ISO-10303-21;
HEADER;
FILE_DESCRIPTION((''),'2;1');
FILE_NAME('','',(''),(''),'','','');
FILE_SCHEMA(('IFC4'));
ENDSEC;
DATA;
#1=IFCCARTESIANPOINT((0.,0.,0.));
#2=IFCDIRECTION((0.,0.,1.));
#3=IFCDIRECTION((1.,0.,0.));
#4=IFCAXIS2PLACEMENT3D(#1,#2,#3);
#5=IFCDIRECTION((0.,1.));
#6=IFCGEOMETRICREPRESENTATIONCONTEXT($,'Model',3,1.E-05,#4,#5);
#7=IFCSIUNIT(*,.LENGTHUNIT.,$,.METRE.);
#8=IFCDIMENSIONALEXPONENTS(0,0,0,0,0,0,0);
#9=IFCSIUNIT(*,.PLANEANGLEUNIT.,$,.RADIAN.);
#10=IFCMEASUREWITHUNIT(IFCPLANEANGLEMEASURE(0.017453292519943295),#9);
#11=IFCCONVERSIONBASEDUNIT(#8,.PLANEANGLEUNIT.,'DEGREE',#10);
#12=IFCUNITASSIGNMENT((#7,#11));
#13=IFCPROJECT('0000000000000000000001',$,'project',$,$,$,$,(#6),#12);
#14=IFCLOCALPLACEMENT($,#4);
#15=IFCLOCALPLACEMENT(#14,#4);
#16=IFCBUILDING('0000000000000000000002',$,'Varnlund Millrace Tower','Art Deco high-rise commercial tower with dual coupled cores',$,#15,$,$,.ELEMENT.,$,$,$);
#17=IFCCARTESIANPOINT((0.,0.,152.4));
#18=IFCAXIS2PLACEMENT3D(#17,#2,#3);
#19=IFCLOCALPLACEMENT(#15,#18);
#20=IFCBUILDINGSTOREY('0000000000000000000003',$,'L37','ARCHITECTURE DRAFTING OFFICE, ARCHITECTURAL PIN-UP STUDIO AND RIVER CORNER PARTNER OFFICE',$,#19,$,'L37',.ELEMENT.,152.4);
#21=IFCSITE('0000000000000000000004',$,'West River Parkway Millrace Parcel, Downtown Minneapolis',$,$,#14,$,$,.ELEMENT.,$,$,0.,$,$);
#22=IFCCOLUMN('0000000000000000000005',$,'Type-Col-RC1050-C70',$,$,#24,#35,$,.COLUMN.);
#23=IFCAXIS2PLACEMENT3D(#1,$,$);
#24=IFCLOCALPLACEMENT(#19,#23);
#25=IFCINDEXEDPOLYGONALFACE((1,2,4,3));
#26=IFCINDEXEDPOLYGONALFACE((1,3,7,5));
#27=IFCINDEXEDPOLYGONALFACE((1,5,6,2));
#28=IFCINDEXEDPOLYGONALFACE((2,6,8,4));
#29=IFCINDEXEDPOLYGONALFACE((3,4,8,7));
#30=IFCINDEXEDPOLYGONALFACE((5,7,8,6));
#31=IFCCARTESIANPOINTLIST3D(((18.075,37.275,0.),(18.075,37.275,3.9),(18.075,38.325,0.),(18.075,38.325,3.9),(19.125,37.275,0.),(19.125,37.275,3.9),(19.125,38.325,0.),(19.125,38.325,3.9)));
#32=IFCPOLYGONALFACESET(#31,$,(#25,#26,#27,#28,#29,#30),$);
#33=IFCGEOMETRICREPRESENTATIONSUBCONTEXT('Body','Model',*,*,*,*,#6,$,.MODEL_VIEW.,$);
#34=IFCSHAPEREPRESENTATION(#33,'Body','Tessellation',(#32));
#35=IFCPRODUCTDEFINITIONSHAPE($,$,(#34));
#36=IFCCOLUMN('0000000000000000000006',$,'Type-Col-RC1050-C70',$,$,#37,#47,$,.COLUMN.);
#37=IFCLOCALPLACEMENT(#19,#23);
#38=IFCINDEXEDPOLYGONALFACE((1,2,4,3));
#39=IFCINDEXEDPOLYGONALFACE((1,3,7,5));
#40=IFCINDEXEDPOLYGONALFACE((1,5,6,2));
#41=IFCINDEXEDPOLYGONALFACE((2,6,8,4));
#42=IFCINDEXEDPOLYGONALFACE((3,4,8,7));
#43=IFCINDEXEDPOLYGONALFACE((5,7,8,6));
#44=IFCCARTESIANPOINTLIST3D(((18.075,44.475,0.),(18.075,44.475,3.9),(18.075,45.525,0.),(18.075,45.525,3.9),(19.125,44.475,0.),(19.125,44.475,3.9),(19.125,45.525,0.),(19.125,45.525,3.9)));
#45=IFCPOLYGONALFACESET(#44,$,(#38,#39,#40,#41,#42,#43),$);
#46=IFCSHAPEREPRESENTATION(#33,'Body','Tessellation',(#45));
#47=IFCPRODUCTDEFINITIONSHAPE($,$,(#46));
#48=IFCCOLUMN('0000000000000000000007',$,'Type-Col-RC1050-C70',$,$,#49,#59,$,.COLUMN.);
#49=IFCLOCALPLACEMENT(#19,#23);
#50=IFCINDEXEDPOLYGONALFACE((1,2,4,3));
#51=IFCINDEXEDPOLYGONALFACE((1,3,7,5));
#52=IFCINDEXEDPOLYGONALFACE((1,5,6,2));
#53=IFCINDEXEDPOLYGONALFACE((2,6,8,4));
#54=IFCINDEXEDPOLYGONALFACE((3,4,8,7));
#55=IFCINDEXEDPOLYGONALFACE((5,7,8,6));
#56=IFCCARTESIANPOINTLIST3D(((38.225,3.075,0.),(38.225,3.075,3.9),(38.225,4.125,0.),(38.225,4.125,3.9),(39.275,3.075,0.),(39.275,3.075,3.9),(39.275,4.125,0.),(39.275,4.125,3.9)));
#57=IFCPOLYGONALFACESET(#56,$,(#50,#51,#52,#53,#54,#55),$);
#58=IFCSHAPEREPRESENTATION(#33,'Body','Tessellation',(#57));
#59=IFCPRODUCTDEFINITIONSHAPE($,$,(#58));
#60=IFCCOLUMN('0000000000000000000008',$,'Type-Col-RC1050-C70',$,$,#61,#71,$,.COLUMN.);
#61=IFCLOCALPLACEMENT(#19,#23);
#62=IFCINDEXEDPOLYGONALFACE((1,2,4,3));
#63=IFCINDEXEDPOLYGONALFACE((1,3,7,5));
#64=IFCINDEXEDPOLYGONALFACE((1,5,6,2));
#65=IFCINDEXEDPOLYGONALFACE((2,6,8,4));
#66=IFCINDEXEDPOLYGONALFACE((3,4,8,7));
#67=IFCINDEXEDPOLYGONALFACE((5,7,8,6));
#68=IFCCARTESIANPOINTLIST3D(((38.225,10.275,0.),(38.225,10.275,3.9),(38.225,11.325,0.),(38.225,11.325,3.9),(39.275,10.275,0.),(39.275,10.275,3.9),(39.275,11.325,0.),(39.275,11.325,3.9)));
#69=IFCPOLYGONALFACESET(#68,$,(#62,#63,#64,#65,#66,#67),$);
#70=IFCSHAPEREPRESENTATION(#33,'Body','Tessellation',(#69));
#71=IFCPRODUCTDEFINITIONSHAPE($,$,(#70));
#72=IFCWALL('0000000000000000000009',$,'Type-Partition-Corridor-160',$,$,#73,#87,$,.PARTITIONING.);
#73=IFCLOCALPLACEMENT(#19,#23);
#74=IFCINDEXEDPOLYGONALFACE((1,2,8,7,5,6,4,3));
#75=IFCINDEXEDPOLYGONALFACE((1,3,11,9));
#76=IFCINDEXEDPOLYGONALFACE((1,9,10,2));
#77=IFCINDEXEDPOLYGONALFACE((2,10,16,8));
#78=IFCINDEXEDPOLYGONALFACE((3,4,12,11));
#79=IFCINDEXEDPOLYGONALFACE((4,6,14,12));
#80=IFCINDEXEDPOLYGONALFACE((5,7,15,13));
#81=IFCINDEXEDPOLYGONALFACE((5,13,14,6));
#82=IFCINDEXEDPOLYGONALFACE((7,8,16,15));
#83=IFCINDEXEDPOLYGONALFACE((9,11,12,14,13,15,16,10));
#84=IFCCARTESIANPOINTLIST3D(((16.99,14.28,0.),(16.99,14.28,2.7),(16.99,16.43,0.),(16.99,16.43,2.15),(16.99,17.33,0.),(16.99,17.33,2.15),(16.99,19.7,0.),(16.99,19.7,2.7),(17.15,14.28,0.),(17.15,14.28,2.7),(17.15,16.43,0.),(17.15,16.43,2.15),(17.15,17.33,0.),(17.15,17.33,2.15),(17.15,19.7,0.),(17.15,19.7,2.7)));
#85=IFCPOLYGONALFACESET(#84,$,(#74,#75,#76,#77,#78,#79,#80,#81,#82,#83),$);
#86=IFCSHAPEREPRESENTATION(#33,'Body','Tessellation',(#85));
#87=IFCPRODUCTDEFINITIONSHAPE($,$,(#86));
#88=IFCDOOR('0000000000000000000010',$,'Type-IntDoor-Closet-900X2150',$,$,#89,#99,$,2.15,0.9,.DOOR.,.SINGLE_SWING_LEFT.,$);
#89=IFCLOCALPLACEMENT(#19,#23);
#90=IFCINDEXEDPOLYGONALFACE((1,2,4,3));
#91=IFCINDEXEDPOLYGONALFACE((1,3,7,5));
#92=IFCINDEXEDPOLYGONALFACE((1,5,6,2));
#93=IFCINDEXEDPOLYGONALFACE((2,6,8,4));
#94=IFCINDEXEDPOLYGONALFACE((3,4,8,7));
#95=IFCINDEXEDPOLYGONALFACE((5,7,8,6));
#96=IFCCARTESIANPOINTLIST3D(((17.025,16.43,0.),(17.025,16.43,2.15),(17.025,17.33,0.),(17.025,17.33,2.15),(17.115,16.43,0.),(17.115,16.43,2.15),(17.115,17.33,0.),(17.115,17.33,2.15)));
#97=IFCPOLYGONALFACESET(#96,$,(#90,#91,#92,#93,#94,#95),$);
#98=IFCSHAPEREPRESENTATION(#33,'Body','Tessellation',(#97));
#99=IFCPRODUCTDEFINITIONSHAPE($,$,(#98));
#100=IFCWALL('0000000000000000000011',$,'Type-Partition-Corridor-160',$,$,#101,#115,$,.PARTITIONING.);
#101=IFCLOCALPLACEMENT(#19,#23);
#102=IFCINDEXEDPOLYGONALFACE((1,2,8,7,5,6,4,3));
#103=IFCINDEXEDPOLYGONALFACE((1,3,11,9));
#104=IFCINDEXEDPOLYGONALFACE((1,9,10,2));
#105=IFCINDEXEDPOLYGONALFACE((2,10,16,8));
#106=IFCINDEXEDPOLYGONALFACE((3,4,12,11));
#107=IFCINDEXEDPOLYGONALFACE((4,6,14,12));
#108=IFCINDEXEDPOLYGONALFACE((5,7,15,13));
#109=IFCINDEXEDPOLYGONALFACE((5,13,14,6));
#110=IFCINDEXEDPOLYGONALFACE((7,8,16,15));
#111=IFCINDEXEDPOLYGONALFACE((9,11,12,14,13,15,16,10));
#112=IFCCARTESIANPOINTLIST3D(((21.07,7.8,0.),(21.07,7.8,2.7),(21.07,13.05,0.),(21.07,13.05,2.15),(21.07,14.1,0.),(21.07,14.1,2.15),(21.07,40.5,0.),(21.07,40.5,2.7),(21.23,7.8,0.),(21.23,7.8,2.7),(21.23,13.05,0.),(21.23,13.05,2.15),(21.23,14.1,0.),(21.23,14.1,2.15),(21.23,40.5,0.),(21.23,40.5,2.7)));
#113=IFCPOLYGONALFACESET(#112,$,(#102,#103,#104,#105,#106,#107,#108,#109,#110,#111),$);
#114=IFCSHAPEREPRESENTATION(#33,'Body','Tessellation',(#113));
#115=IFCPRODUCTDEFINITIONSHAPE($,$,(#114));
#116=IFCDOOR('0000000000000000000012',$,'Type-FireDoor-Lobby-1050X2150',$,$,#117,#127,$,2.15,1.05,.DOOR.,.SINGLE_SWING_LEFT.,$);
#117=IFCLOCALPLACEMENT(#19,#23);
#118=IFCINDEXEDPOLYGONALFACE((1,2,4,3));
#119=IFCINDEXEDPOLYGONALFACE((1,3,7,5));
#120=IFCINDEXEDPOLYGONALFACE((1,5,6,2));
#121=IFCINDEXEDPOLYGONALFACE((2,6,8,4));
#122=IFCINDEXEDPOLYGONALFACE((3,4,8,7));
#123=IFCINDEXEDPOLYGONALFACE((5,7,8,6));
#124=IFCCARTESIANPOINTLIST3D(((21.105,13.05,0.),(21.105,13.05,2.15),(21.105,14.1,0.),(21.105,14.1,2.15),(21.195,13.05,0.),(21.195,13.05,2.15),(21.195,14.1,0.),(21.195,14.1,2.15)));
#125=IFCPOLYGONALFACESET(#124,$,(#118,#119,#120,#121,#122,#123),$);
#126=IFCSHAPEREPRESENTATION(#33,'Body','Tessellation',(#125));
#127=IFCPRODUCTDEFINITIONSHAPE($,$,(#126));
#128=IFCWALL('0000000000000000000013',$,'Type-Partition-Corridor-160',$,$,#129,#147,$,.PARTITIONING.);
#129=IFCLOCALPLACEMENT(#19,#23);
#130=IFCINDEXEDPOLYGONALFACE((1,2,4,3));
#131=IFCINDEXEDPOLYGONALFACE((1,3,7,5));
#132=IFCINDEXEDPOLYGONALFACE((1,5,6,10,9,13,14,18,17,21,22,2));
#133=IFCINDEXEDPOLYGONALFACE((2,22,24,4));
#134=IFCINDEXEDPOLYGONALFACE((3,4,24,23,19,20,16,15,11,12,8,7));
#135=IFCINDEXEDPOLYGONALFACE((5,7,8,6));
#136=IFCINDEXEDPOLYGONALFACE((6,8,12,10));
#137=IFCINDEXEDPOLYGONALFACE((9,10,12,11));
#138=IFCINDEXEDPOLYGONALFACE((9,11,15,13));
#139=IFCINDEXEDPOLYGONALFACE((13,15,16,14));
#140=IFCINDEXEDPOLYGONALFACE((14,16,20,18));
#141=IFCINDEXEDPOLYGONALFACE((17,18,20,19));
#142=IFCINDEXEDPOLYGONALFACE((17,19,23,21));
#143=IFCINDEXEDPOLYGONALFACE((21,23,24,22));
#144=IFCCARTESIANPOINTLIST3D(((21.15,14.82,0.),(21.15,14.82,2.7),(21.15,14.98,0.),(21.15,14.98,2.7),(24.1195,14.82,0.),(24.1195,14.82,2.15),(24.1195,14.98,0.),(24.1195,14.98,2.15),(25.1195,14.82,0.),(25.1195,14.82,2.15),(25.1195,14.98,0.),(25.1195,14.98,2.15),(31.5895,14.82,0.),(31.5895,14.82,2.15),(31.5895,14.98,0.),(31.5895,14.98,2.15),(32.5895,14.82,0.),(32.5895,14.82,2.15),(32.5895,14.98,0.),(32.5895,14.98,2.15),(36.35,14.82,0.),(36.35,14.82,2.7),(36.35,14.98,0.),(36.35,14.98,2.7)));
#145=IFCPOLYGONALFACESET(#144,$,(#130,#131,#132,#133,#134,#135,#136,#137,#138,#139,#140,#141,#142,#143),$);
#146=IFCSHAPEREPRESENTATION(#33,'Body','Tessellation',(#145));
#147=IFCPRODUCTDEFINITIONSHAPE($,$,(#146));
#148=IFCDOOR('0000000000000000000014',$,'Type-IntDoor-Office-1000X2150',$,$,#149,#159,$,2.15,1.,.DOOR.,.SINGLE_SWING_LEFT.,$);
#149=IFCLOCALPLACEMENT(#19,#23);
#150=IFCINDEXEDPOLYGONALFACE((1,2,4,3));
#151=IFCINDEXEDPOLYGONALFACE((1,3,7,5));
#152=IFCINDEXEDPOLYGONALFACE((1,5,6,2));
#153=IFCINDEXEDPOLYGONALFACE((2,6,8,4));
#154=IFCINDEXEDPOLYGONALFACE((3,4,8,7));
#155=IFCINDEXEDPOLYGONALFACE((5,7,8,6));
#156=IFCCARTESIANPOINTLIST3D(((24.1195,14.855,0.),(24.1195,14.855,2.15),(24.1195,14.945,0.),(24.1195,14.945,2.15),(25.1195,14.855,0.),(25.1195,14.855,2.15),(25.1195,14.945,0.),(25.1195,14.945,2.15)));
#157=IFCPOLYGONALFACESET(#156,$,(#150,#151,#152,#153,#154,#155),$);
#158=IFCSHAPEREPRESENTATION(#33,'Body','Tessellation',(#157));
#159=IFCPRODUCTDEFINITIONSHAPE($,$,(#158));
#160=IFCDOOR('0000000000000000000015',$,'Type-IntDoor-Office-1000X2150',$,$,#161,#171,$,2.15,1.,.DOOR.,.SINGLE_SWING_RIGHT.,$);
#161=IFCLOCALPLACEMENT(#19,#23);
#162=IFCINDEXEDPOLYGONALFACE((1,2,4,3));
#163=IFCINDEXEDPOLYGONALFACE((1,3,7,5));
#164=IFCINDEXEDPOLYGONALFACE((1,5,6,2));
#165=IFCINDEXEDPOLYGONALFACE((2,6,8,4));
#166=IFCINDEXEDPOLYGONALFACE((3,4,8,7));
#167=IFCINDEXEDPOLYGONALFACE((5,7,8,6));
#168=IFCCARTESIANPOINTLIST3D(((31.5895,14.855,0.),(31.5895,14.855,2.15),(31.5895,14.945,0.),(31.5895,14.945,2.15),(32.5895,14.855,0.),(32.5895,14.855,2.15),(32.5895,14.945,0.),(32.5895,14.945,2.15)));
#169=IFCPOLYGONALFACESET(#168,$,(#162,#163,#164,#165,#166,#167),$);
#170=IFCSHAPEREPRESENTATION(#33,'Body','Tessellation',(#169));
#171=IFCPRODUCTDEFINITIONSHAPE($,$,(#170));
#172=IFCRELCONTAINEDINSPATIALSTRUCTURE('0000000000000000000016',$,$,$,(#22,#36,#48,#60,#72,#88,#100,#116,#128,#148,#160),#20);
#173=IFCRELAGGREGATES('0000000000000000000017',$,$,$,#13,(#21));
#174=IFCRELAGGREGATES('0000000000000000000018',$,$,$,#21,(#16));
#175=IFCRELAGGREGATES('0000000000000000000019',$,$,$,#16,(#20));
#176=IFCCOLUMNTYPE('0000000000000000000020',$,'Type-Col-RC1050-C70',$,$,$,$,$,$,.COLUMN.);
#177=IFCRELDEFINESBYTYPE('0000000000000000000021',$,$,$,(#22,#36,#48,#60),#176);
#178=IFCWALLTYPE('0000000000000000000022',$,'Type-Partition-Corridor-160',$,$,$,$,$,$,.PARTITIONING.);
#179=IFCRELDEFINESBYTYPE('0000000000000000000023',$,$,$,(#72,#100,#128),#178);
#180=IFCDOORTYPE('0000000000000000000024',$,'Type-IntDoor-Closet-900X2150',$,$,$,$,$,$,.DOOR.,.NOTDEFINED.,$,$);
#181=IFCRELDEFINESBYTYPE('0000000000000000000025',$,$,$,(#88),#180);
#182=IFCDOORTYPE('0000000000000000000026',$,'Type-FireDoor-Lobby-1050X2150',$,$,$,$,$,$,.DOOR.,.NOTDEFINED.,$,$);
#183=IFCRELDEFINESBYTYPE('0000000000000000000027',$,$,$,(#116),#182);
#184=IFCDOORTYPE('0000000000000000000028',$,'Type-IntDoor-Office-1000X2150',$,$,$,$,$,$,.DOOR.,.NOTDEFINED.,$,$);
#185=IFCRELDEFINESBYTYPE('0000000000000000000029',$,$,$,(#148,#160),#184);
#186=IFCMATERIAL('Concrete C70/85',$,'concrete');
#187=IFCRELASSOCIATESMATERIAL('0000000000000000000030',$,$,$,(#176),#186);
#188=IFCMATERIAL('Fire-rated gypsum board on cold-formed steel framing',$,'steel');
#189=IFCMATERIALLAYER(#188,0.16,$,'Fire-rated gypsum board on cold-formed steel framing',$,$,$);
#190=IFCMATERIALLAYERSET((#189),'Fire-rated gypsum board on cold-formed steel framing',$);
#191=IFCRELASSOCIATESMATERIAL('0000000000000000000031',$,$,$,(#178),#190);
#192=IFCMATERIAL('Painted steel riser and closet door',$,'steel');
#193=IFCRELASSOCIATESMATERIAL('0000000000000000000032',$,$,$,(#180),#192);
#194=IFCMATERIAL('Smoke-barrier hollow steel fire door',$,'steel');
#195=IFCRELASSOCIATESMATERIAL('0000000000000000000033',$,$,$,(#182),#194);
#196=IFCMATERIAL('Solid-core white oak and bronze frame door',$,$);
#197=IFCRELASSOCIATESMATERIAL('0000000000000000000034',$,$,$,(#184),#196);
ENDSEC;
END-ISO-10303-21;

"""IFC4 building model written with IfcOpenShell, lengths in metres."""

from ifc_helpers import new_model, entity, si_unit, converted_unit, direction, frame, origin_with_axes, origin_2d_with_axis, place, context, subcontext, project, spatial, polyline, rectangle, outline, extrude, material, layer, layer_set, material_profile, profile_set, type_object, element, fill, save


model = new_model("IFC4")

# Units and contexts
model_context = context("Model", 3, precision=1e-05, world=origin_with_axes(), true_north=direction((0.0, 1.0)))
body_context = subcontext(model_context, "Body", "Model", "MODEL_VIEW")
ifc_project = project(units=[si_unit("LENGTHUNIT", "METRE"), converted_unit("PLANEANGLEUNIT", "DEGREE", entity("IfcPlaneAngleMeasure", 0.017453292519943295), si_unit("PLANEANGLEUNIT", "RADIAN"), dimensions=[0, 0, 0, 0, 0, 0, 0])], contexts=[model_context])

# Site, building, storey
site_placement = place(None, origin_with_axes())
site = spatial("IfcSite", under=ifc_project, at=site_placement, Name="West River Parkway Millrace Parcel, Downtown Minneapolis", CompositionType="ELEMENT", RefElevation=0.0)
building_placement = place(site_placement, origin_with_axes())
building = spatial("IfcBuilding", under=site, at=building_placement, Name="Varnlund Millrace Tower", Description="Art Deco high-rise commercial tower with dual coupled cores", CompositionType="ELEMENT")
storey_placement = place(building_placement, frame((0.0, 0.0, 152.4), z_axis=(0.0, 0.0, 1.0), x_axis=(1.0, 0.0, 0.0)))
storey = spatial("IfcBuildingStorey", under=building, at=storey_placement, Name="L37", Description="ARCHITECTURE DRAFTING OFFICE, ARCHITECTURAL PIN-UP STUDIO AND RIVER CORNER PARTNER OFFICE", LongName="L37", CompositionType="ELEMENT", Elevation=152.4)

# Columns
ifc_material_1 = material(Name="Concrete C70/85", Category="concrete")
ifc_material_profile_1 = material_profile(ifc_material_1, rectangle(XDim=1.05, YDim=1.05, at=origin_2d_with_axis()), Name="Concrete C70/85")
ifc_profile_set_1 = profile_set([ifc_material_profile_1], Name="Concrete C70/85")
column_type_1 = type_object("IfcColumnType", Name="Type-Col-RC1050-C70", PredefinedType="COLUMN", material=ifc_profile_set_1)
for number, where, z_axis, x_axis, name in (
    (1, (18.6, 37.8, 0.0), (0.0, 0.0, 1.0), (1.0, 0.0, 0.0), "Type-Col-RC1050-C70"),
    (2, (18.6, 45.0, 0.0), (0.0, 0.0, 1.0), (1.0, 0.0, 0.0), "Type-Col-RC1050-C70"),
    (3, (38.75, 3.6, 0.0), (0.0, 0.0, 1.0), (1.0, 0.0, 0.0), "Type-Col-RC1050-C70"),
    (4, (38.75, 10.8, 0.0), (0.0, 0.0, 1.0), (1.0, 0.0, 0.0), "Type-Col-RC1050-C70"),
):
    element("IfcColumn", number, at=place(storey_placement, frame(where, z_axis=z_axis, x_axis=x_axis)), inside=storey, type_object=column_type_1, Name=name, PredefinedType="COLUMN", context=body_context, shape_type="SweptSolid", body=[
        extrude(rectangle(XDim=1.05, YDim=1.05, at=origin_2d_with_axis()), origin_with_axes(), (0.0, 0.0, 1.0), 3.9),
    ])

# Walls, openings, doors
ifc_material_2 = material(Name="Fire-rated gypsum board on cold-formed steel framing", Category="steel")
ifc_layer = layer(ifc_material_2, 0.16, Name="Fire-rated gypsum board on cold-formed steel framing")
ifc_layer_set = layer_set([ifc_layer], Name="Fire-rated gypsum board on cold-formed steel framing")
wall_type = type_object("IfcWallType", Name="Type-Partition-Corridor-160", PredefinedType="PARTITIONING", material=ifc_layer_set)
wall_1_placement = place(storey_placement, frame((17.07, 14.28, 0.0), z_axis=(0.0, 0.0, 1.0), x_axis=(0.0, 1.0, 0.0)))
wall_1 = element("IfcWall", 5, at=wall_1_placement, inside=storey, type_object=wall_type, Name="Type-Partition-Corridor-160", PredefinedType="PARTITIONING", context=body_context, shape_type="SweptSolid", body=[
    extrude(outline(polyline([(0.0, -0.08), (5.42, -0.08), (5.42, 0.08), (0.0, 0.08), (0.0, -0.08)])), origin_with_axes(), (0.0, 0.0, 1.0), 2.7),
])
opening_1_placement = place(wall_1_placement, frame((2.6, 0.0, 0.0), z_axis=(0.0, 0.0, 1.0), x_axis=(1.0, 0.0, 0.0)))
opening_1 = element("IfcOpeningElement", 6, at=opening_1_placement, cuts=wall_1, PredefinedType="OPENING", context=body_context, shape_type="SweptSolid", body=[
    extrude(rectangle(XDim=0.9, YDim=0.18, at=origin_2d_with_axis()), origin_with_axes(), (0.0, 0.0, 1.0), 2.15),
])
ifc_material_3 = material(Name="Painted steel riser and closet door", Category="steel")
door_type_1 = type_object("IfcDoorType", Name="Type-IntDoor-Closet-900X2150", OperationType="NOTDEFINED", PredefinedType="DOOR", material=ifc_material_3)
door_1_placement = place(wall_1_placement, frame((2.6, 0.0, 0.0), z_axis=(0.0, 0.0, 1.0), x_axis=(1.0, 0.0, 0.0)))
door_1 = element("IfcDoor", 7, at=door_1_placement, inside=storey, type_object=door_type_1, Name="Type-IntDoor-Closet-900X2150", OperationType="SINGLE_SWING_LEFT", OverallHeight=2.15, OverallWidth=0.9, PredefinedType="DOOR", context=body_context, shape_type="SweptSolid", body=[
    extrude(rectangle(XDim=0.9, YDim=0.09, at=origin_2d_with_axis()), origin_with_axes(), (0.0, 0.0, 1.0), 2.15),
])
fill(opening_1, door_1)
wall_2_placement = place(storey_placement, frame((21.15, 7.8, 0.0), z_axis=(0.0, 0.0, 1.0), x_axis=(0.0, 1.0, 0.0)))
wall_2 = element("IfcWall", 8, at=wall_2_placement, inside=storey, type_object=wall_type, Name="Type-Partition-Corridor-160", PredefinedType="PARTITIONING", context=body_context, shape_type="SweptSolid", body=[
    extrude(outline(polyline([(0.0, -0.08), (32.7, -0.08), (32.7, 0.08), (0.0, 0.08), (0.0, -0.08)])), origin_with_axes(), (0.0, 0.0, 1.0), 2.7),
])
opening_2_placement = place(wall_2_placement, frame((5.775, 0.0, 0.0), z_axis=(0.0, 0.0, 1.0), x_axis=(1.0, 0.0, 0.0)))
opening_2 = element("IfcOpeningElement", 9, at=opening_2_placement, cuts=wall_2, PredefinedType="OPENING", context=body_context, shape_type="SweptSolid", body=[
    extrude(rectangle(XDim=1.05, YDim=0.18, at=origin_2d_with_axis()), origin_with_axes(), (0.0, 0.0, 1.0), 2.15),
])
ifc_material_4 = material(Name="Smoke-barrier hollow steel fire door", Category="steel")
door_type_2 = type_object("IfcDoorType", Name="Type-FireDoor-Lobby-1050X2150", OperationType="NOTDEFINED", PredefinedType="DOOR", material=ifc_material_4)
door_2_placement = place(wall_2_placement, frame((5.775, 0.0, 0.0), z_axis=(0.0, 0.0, 1.0), x_axis=(1.0, 0.0, 0.0)))
door_2 = element("IfcDoor", 10, at=door_2_placement, inside=storey, type_object=door_type_2, Name="Type-FireDoor-Lobby-1050X2150", OperationType="SINGLE_SWING_LEFT", OverallHeight=2.15, OverallWidth=1.05, PredefinedType="DOOR", context=body_context, shape_type="SweptSolid", body=[
    extrude(rectangle(XDim=1.05, YDim=0.09, at=origin_2d_with_axis()), origin_with_axes(), (0.0, 0.0, 1.0), 2.15),
])
fill(opening_2, door_2)

# Wall, openings, doors
ifc_material_5 = material(Name="Solid-core white oak and bronze frame door")
door_type_3 = type_object("IfcDoorType", Name="Type-IntDoor-Office-1000X2150", OperationType="NOTDEFINED", PredefinedType="DOOR", material=ifc_material_5)
wall_3_placement = place(storey_placement, frame((21.15, 14.9, 0.0), z_axis=(0.0, 0.0, 1.0), x_axis=(1.0, 0.0, 0.0)))
wall_3 = element("IfcWall", 11, at=wall_3_placement, inside=storey, type_object=wall_type, Name="Type-Partition-Corridor-160", PredefinedType="PARTITIONING", context=body_context, shape_type="SweptSolid", body=[
    extrude(outline(polyline([(0.0, -0.08), (15.2, -0.08), (15.2, 0.08), (0.0, 0.08), (0.0, -0.08)])), origin_with_axes(), (0.0, 0.0, 1.0), 2.7),
])
opening_3_placement = place(wall_3_placement, frame((3.4695, 0.0, 0.0), z_axis=(0.0, 0.0, 1.0), x_axis=(1.0, 0.0, 0.0)))
opening_3 = element("IfcOpeningElement", 12, at=opening_3_placement, cuts=wall_3, PredefinedType="OPENING", context=body_context, shape_type="SweptSolid", body=[
    extrude(rectangle(XDim=1.0, YDim=0.18, at=origin_2d_with_axis()), origin_with_axes(), (0.0, 0.0, 1.0), 2.15),
])
opening_4_placement = place(wall_3_placement, frame((10.9395, 0.0, 0.0), z_axis=(0.0, 0.0, 1.0), x_axis=(1.0, 0.0, 0.0)))
opening_4 = element("IfcOpeningElement", 13, at=opening_4_placement, cuts=wall_3, PredefinedType="OPENING", context=body_context, shape_type="SweptSolid", body=[
    extrude(rectangle(XDim=1.0, YDim=0.18, at=origin_2d_with_axis()), origin_with_axes(), (0.0, 0.0, 1.0), 2.15),
])
door_3_placement = place(wall_3_placement, frame((3.4695, 0.0, 0.0), z_axis=(0.0, 0.0, 1.0), x_axis=(1.0, 0.0, 0.0)))
door_3 = element("IfcDoor", 14, at=door_3_placement, inside=storey, type_object=door_type_3, Name="Type-IntDoor-Office-1000X2150", OperationType="SINGLE_SWING_LEFT", OverallHeight=2.15, OverallWidth=1.0, PredefinedType="DOOR", context=body_context, shape_type="SweptSolid", body=[
    extrude(rectangle(XDim=1.0, YDim=0.09, at=origin_2d_with_axis()), origin_with_axes(), (0.0, 0.0, 1.0), 2.15),
])
fill(opening_3, door_3)
door_4_placement = place(wall_3_placement, frame((10.9395, 0.0, 0.0), z_axis=(0.0, 0.0, 1.0), x_axis=(1.0, 0.0, 0.0)))
door_4 = element("IfcDoor", 15, at=door_4_placement, inside=storey, type_object=door_type_3, Name="Type-IntDoor-Office-1000X2150", OperationType="SINGLE_SWING_RIGHT", OverallHeight=2.15, OverallWidth=1.0, PredefinedType="DOOR", context=body_context, shape_type="SweptSolid", body=[
    extrude(rectangle(XDim=1.0, YDim=0.09, at=origin_2d_with_axis()), origin_with_axes(), (0.0, 0.0, 1.0), 2.15),
])
fill(opening_4, door_4)

save(model, "model.ifc")
